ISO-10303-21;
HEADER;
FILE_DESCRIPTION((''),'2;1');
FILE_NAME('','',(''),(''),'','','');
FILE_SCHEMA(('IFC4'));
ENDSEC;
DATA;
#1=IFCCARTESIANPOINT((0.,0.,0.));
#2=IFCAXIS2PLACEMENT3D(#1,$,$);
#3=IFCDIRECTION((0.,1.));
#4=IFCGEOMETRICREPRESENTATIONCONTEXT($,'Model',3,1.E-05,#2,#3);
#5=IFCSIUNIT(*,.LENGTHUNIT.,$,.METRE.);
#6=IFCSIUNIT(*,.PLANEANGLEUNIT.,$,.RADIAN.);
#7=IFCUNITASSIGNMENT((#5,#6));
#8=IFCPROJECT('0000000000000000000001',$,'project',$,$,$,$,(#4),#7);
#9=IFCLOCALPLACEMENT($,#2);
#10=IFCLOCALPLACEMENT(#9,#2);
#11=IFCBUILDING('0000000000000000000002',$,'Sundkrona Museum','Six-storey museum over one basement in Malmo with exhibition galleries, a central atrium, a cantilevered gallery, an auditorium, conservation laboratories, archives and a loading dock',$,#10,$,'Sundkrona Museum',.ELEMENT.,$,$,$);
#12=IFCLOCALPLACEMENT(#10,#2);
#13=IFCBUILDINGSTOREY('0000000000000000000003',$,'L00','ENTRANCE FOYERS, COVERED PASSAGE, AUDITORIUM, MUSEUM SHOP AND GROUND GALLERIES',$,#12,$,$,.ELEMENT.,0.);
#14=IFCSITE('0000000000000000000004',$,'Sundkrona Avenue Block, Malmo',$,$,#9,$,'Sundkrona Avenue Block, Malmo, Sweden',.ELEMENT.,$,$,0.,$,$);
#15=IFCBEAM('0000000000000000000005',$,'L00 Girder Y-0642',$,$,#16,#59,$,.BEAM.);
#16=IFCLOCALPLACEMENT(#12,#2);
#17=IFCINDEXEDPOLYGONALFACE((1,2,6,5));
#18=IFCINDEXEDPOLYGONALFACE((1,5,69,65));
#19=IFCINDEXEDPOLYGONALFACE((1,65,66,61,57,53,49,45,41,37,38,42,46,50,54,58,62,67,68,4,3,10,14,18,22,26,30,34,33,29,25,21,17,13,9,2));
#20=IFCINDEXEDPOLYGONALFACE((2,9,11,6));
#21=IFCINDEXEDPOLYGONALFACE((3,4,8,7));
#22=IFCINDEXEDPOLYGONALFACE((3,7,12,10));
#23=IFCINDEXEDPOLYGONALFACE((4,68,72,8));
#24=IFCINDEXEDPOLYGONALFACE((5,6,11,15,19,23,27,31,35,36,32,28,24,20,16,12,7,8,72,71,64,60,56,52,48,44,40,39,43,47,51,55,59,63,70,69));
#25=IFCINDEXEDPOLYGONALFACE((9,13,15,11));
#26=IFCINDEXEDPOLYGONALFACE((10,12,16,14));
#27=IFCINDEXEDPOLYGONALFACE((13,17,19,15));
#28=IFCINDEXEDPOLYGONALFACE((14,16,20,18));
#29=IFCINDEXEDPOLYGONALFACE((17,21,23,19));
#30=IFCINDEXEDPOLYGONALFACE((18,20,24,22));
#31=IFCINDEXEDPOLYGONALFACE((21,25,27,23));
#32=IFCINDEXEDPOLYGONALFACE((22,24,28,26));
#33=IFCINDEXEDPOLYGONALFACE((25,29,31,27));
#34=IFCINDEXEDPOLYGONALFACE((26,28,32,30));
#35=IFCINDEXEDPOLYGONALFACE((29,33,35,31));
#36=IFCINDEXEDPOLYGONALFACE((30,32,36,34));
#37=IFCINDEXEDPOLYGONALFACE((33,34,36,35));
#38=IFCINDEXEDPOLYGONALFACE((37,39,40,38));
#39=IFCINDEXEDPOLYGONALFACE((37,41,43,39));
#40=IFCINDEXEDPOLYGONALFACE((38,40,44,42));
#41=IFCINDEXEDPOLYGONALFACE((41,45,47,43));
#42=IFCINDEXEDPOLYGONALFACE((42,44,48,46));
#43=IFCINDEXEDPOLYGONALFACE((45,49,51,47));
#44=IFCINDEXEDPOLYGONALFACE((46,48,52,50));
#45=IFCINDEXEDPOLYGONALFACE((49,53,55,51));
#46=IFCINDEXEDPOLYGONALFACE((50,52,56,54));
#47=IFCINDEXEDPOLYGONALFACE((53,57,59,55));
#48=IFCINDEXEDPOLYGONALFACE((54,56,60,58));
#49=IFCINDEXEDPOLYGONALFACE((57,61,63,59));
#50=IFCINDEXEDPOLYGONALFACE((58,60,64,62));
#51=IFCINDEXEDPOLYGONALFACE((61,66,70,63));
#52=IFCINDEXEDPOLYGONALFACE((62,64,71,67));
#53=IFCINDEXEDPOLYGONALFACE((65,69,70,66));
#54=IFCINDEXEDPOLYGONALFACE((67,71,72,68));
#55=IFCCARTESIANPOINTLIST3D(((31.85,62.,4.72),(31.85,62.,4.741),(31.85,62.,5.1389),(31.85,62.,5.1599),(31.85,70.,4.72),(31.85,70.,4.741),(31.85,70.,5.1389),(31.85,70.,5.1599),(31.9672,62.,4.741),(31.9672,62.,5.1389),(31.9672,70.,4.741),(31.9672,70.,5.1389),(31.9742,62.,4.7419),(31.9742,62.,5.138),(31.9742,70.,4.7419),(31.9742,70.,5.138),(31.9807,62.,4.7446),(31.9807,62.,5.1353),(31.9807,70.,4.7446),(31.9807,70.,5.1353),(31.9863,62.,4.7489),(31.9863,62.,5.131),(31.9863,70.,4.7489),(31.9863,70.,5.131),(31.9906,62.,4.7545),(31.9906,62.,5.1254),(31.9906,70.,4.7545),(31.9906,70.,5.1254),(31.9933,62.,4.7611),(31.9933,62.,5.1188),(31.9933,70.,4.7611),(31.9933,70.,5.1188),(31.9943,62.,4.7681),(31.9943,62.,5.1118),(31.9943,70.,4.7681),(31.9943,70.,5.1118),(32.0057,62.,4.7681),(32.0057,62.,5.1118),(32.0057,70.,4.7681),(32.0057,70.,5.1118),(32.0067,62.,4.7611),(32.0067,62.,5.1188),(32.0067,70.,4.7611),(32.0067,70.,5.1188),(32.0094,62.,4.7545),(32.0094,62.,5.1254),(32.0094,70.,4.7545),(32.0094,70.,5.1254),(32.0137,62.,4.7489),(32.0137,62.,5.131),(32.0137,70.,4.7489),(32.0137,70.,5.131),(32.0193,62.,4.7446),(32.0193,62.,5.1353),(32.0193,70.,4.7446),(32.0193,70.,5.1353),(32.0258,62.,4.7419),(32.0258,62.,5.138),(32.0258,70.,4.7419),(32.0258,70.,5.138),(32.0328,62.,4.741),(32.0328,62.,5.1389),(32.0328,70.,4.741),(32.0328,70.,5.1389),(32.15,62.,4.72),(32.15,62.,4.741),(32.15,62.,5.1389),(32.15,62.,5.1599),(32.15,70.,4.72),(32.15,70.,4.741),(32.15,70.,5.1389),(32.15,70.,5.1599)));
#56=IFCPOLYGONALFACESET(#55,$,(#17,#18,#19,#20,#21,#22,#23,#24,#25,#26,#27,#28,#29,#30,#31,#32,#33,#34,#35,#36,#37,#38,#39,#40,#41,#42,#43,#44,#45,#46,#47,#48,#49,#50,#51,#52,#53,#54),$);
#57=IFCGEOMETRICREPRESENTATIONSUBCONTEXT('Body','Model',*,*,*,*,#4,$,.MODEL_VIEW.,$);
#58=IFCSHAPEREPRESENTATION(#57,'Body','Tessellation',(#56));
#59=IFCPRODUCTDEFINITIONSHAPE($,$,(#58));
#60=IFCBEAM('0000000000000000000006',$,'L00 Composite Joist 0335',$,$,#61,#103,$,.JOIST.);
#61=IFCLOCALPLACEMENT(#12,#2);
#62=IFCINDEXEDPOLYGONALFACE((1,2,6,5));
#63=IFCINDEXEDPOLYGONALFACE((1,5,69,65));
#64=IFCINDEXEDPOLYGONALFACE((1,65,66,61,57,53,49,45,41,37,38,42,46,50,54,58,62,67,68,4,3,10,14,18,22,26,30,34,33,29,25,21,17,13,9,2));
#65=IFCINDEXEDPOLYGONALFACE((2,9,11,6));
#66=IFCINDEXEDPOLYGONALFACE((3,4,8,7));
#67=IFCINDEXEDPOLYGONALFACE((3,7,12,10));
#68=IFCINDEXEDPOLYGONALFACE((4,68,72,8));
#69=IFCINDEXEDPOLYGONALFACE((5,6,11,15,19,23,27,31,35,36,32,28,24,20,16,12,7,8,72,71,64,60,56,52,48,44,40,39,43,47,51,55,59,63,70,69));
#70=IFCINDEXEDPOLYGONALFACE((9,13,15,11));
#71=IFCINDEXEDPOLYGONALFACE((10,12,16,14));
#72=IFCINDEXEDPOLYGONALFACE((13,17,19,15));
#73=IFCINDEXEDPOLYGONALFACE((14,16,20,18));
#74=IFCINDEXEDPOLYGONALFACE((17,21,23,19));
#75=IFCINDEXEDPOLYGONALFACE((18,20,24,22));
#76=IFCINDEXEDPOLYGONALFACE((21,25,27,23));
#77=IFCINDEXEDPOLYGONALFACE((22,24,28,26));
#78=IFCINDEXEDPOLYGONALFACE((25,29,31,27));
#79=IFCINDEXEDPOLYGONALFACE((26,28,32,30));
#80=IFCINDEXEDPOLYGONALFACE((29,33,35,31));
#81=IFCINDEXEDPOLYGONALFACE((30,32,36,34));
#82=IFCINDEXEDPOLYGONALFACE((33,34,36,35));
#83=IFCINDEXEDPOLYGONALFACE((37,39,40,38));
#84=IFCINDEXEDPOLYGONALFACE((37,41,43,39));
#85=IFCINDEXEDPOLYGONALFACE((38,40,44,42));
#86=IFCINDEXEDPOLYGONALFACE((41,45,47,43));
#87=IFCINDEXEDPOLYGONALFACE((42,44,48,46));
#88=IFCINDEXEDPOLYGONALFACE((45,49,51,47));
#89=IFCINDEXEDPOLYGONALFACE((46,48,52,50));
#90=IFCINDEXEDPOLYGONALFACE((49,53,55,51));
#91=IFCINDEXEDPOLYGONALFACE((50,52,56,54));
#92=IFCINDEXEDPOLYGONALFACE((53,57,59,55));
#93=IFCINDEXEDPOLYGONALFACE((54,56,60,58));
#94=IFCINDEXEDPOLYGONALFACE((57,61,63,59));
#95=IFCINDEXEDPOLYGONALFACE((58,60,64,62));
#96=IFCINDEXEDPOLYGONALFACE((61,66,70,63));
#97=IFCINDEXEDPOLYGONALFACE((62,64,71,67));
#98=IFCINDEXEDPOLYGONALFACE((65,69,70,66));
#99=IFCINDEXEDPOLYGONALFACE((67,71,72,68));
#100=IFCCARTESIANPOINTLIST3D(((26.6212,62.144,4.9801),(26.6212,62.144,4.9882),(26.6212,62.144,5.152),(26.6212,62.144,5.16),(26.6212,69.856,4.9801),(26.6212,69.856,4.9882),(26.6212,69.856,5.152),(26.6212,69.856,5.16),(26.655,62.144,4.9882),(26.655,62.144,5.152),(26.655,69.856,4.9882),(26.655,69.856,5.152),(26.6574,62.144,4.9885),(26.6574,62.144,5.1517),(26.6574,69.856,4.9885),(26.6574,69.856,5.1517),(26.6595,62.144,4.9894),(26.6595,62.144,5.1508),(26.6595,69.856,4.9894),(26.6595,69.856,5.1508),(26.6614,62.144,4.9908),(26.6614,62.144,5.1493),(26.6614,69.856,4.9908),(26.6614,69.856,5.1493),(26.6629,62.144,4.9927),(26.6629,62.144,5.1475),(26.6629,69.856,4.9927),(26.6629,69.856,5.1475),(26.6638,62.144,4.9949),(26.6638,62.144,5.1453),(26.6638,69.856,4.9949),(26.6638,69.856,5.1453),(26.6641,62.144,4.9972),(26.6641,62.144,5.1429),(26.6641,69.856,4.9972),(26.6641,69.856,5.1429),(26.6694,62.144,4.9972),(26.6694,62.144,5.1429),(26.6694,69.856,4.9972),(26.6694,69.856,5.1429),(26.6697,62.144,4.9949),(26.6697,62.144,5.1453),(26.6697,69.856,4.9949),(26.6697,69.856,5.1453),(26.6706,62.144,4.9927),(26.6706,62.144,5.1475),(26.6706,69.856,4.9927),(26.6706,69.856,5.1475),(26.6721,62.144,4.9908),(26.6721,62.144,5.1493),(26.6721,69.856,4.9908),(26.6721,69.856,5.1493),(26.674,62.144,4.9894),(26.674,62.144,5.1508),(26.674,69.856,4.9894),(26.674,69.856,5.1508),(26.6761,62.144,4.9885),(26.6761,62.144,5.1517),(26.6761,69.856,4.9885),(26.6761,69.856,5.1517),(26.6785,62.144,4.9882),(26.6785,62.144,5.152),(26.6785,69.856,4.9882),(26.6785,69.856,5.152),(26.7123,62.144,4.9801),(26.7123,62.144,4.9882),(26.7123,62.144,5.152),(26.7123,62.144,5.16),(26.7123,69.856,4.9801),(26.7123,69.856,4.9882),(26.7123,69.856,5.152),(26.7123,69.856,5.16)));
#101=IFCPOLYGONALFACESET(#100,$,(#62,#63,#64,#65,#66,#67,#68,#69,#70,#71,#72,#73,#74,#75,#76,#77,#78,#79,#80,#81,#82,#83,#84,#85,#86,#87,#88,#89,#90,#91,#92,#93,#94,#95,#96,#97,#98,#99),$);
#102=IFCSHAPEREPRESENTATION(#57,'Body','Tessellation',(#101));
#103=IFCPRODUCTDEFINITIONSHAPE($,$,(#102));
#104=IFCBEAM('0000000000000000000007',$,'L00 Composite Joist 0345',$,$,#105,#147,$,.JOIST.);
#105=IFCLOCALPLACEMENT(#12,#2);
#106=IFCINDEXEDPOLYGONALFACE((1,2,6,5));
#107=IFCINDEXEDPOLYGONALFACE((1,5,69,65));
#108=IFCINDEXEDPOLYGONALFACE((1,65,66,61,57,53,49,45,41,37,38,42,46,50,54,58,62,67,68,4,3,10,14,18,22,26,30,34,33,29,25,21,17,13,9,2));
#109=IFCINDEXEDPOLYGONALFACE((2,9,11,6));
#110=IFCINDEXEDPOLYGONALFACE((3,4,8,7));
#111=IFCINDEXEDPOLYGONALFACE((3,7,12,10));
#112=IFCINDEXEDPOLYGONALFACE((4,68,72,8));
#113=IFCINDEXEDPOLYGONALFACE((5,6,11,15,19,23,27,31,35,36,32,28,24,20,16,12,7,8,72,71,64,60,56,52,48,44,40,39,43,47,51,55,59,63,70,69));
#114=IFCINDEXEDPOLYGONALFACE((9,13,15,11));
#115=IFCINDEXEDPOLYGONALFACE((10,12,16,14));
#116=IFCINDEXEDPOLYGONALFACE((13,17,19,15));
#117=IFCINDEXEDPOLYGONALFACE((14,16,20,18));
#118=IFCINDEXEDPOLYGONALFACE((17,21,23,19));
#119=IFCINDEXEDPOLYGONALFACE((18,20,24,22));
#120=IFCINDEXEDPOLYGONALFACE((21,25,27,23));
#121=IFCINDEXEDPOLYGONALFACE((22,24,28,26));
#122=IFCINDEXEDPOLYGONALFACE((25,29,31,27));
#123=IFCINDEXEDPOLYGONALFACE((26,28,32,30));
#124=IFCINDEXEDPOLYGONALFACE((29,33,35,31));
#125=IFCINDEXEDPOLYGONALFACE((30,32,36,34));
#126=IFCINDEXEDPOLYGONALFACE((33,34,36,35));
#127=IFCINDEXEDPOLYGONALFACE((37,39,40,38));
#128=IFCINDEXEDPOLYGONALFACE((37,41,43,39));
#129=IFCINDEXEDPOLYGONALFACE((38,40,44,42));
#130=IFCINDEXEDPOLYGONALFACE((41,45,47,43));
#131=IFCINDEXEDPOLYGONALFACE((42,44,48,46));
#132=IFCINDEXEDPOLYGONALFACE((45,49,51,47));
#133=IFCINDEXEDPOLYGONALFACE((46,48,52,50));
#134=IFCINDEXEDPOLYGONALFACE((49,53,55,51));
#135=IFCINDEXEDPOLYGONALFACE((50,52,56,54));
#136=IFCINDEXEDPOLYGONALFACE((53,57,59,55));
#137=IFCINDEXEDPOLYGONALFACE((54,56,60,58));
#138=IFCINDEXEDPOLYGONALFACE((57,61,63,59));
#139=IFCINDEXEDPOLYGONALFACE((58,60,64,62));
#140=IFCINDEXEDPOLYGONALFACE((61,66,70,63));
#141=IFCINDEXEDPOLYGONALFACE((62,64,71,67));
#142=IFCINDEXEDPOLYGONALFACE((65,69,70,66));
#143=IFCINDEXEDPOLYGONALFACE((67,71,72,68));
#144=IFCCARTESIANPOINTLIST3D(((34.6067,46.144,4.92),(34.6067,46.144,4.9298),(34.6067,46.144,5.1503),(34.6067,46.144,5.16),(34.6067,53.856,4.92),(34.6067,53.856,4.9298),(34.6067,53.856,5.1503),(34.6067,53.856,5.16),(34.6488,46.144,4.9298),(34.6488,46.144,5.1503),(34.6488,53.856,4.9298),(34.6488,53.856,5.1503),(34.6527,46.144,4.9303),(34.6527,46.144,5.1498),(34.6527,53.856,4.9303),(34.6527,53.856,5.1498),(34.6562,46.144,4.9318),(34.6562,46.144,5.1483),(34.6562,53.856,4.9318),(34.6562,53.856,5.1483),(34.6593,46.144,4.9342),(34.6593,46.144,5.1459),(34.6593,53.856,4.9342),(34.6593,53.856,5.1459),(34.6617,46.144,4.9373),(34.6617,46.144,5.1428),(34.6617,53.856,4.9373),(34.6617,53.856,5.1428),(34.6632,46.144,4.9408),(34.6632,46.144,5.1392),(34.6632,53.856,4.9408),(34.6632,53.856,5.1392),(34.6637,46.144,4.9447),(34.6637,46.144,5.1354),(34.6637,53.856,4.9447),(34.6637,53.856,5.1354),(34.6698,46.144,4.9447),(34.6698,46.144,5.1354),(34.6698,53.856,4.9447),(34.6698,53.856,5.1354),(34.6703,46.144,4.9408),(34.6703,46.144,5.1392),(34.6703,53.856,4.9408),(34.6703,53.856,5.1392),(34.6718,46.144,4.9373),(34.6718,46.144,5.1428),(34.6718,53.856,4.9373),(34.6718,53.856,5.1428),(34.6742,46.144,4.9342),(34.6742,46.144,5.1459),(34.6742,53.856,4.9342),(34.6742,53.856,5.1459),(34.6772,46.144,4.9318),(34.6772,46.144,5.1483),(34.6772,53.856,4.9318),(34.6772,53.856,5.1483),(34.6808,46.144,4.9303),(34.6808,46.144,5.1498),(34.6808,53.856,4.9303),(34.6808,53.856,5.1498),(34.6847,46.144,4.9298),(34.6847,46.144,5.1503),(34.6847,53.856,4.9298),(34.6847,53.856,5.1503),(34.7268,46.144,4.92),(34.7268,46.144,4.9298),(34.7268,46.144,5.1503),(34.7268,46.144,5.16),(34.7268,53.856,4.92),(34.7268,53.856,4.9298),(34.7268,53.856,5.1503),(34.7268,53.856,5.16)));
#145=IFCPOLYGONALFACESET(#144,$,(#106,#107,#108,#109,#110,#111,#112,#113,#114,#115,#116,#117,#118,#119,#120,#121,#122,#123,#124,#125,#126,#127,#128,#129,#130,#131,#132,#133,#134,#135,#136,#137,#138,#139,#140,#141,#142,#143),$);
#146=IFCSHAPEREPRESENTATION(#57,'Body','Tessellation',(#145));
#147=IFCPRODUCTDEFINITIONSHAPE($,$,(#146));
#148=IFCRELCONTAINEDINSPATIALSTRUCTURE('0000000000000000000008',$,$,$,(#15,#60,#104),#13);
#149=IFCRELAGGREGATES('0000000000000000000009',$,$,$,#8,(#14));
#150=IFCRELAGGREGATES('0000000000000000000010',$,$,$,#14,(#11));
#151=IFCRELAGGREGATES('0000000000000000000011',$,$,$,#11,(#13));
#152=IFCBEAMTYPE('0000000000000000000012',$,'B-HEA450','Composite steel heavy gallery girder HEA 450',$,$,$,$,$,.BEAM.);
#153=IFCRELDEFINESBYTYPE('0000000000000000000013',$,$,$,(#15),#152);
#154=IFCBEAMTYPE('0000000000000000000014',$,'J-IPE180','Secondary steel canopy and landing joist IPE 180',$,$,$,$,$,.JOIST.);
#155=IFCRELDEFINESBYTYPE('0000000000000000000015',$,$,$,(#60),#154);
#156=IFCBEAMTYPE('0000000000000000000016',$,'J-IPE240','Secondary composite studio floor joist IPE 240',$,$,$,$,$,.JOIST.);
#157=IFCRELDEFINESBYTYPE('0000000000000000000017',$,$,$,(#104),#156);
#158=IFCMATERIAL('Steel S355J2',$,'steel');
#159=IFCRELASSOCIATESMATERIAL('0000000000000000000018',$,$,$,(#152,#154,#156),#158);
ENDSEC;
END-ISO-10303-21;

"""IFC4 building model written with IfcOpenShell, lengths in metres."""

from ifc_helpers import new_model, si_unit, direction, frame, origin, origin_2d, place, context, subcontext, project, spatial, i_section, extrude, material, material_profile, profile_set, type_object, element, save


model = new_model("IFC4")

# Units and contexts
model_context = context("Model", 3, precision=1e-05, world=origin(), true_north=direction((0.0, 1.0)))
body_context = subcontext(model_context, "Body", "Model", "MODEL_VIEW")
ifc_project = project(units=[si_unit("LENGTHUNIT", "METRE"), si_unit("PLANEANGLEUNIT", "RADIAN")], contexts=[model_context])

# Site, building, storey
site_placement = place(None, origin())
site = spatial("IfcSite", under=ifc_project, at=site_placement, Name="Sundkrona Avenue Block, Malmo", LongName="Sundkrona Avenue Block, Malmo, Sweden", CompositionType="ELEMENT", RefElevation=0.0)
building_placement = place(site_placement, origin())
building = spatial("IfcBuilding", under=site, at=building_placement, Name="Sundkrona Museum", Description="Six-storey museum over one basement in Malmo with exhibition galleries, a central atrium, a cantilevered gallery, an auditorium, conservation laboratories, archives and a loading dock", LongName="Sundkrona Museum", CompositionType="ELEMENT")
storey_placement = place(building_placement, origin())
storey = spatial("IfcBuildingStorey", under=building, at=storey_placement, Name="L00", Description="ENTRANCE FOYERS, COVERED PASSAGE, AUDITORIUM, MUSEUM SHOP AND GROUND GALLERIES", CompositionType="ELEMENT", Elevation=0.0)

# Shared definitions
ifc_material_1 = material(Name="Steel S355J2", Category="steel")

# Beams
ifc_material_profile_1 = material_profile(ifc_material_1, i_section(OverallWidth=0.3, OverallDepth=0.4399, WebThickness=0.0115, FlangeThickness=0.021, FilletRadius=0.0271, at=origin_2d()), Name="HEA 450")
ifc_profile_set_1 = profile_set([ifc_material_profile_1], Name="Steel S355J2")
beam_type_1 = type_object("IfcBeamType", Name="B-HEA450", Description="Composite steel heavy gallery girder HEA 450", PredefinedType="BEAM", material=ifc_profile_set_1)
for number, where, z_axis, x_axis, name in (
    (1, (32.0, 62.0, 4.9399), (0.0, 1.0, 0.0), (-1.0, 0.0, 0.0), "L00 Girder Y-0642"),
):
    element("IfcBeam", number, at=place(storey_placement, frame(where, z_axis=z_axis, x_axis=x_axis)), inside=storey, type_object=beam_type_1, Name=name, PredefinedType="BEAM", context=body_context, shape_type="SweptSolid", body=[
        extrude(i_section(OverallWidth=0.3, OverallDepth=0.4399, WebThickness=0.0115, FlangeThickness=0.021, FilletRadius=0.0271, at=origin_2d()), origin(), (0.0, 0.0, 1.0), 8.0),
    ])
ifc_material_profile_2 = material_profile(ifc_material_1, i_section(OverallWidth=0.0911, OverallDepth=0.1799, WebThickness=0.0054, FlangeThickness=0.0081, FilletRadius=0.009, at=origin_2d()), Name="IPE 180")
ifc_profile_set_2 = profile_set([ifc_material_profile_2], Name="Steel S355J2")
beam_type_2 = type_object("IfcBeamType", Name="J-IPE180", Description="Secondary steel canopy and landing joist IPE 180", PredefinedType="JOIST", material=ifc_profile_set_2)
beam_1_placement = place(storey_placement, frame((26.6667, 62.144, 5.0701), z_axis=(0.0, 1.0, 0.0), x_axis=(-1.0, 0.0, 0.0)))
element("IfcBeam", 2, at=beam_1_placement, inside=storey, type_object=beam_type_2, Name="L00 Composite Joist 0335", PredefinedType="JOIST", context=body_context, shape_type="SweptSolid", body=[
    extrude(i_section(OverallWidth=0.0911, OverallDepth=0.1799, WebThickness=0.0054, FlangeThickness=0.0081, FilletRadius=0.009, at=origin_2d()), origin(), (0.0, 0.0, 1.0), 7.7119),
])
ifc_material_profile_3 = material_profile(ifc_material_1, i_section(OverallWidth=0.1201, OverallDepth=0.24, WebThickness=0.0061, FlangeThickness=0.0098, FilletRadius=0.0149, at=origin_2d()), Name="IPE 240")
ifc_profile_set_3 = profile_set([ifc_material_profile_3], Name="Steel S355J2")
beam_type_3 = type_object("IfcBeamType", Name="J-IPE240", Description="Secondary composite studio floor joist IPE 240", PredefinedType="JOIST", material=ifc_profile_set_3)
beam_2_placement = place(storey_placement, frame((34.6667, 46.144, 5.04), z_axis=(0.0, 1.0, 0.0), x_axis=(-1.0, 0.0, 0.0)))
element("IfcBeam", 3, at=beam_2_placement, inside=storey, type_object=beam_type_3, Name="L00 Composite Joist 0345", PredefinedType="JOIST", context=body_context, shape_type="SweptSolid", body=[
    extrude(i_section(OverallWidth=0.1201, OverallDepth=0.24, WebThickness=0.0061, FlangeThickness=0.0098, FilletRadius=0.0149, at=origin_2d()), origin(), (0.0, 0.0, 1.0), 7.7119),
])

save(model, "model.ifc")
